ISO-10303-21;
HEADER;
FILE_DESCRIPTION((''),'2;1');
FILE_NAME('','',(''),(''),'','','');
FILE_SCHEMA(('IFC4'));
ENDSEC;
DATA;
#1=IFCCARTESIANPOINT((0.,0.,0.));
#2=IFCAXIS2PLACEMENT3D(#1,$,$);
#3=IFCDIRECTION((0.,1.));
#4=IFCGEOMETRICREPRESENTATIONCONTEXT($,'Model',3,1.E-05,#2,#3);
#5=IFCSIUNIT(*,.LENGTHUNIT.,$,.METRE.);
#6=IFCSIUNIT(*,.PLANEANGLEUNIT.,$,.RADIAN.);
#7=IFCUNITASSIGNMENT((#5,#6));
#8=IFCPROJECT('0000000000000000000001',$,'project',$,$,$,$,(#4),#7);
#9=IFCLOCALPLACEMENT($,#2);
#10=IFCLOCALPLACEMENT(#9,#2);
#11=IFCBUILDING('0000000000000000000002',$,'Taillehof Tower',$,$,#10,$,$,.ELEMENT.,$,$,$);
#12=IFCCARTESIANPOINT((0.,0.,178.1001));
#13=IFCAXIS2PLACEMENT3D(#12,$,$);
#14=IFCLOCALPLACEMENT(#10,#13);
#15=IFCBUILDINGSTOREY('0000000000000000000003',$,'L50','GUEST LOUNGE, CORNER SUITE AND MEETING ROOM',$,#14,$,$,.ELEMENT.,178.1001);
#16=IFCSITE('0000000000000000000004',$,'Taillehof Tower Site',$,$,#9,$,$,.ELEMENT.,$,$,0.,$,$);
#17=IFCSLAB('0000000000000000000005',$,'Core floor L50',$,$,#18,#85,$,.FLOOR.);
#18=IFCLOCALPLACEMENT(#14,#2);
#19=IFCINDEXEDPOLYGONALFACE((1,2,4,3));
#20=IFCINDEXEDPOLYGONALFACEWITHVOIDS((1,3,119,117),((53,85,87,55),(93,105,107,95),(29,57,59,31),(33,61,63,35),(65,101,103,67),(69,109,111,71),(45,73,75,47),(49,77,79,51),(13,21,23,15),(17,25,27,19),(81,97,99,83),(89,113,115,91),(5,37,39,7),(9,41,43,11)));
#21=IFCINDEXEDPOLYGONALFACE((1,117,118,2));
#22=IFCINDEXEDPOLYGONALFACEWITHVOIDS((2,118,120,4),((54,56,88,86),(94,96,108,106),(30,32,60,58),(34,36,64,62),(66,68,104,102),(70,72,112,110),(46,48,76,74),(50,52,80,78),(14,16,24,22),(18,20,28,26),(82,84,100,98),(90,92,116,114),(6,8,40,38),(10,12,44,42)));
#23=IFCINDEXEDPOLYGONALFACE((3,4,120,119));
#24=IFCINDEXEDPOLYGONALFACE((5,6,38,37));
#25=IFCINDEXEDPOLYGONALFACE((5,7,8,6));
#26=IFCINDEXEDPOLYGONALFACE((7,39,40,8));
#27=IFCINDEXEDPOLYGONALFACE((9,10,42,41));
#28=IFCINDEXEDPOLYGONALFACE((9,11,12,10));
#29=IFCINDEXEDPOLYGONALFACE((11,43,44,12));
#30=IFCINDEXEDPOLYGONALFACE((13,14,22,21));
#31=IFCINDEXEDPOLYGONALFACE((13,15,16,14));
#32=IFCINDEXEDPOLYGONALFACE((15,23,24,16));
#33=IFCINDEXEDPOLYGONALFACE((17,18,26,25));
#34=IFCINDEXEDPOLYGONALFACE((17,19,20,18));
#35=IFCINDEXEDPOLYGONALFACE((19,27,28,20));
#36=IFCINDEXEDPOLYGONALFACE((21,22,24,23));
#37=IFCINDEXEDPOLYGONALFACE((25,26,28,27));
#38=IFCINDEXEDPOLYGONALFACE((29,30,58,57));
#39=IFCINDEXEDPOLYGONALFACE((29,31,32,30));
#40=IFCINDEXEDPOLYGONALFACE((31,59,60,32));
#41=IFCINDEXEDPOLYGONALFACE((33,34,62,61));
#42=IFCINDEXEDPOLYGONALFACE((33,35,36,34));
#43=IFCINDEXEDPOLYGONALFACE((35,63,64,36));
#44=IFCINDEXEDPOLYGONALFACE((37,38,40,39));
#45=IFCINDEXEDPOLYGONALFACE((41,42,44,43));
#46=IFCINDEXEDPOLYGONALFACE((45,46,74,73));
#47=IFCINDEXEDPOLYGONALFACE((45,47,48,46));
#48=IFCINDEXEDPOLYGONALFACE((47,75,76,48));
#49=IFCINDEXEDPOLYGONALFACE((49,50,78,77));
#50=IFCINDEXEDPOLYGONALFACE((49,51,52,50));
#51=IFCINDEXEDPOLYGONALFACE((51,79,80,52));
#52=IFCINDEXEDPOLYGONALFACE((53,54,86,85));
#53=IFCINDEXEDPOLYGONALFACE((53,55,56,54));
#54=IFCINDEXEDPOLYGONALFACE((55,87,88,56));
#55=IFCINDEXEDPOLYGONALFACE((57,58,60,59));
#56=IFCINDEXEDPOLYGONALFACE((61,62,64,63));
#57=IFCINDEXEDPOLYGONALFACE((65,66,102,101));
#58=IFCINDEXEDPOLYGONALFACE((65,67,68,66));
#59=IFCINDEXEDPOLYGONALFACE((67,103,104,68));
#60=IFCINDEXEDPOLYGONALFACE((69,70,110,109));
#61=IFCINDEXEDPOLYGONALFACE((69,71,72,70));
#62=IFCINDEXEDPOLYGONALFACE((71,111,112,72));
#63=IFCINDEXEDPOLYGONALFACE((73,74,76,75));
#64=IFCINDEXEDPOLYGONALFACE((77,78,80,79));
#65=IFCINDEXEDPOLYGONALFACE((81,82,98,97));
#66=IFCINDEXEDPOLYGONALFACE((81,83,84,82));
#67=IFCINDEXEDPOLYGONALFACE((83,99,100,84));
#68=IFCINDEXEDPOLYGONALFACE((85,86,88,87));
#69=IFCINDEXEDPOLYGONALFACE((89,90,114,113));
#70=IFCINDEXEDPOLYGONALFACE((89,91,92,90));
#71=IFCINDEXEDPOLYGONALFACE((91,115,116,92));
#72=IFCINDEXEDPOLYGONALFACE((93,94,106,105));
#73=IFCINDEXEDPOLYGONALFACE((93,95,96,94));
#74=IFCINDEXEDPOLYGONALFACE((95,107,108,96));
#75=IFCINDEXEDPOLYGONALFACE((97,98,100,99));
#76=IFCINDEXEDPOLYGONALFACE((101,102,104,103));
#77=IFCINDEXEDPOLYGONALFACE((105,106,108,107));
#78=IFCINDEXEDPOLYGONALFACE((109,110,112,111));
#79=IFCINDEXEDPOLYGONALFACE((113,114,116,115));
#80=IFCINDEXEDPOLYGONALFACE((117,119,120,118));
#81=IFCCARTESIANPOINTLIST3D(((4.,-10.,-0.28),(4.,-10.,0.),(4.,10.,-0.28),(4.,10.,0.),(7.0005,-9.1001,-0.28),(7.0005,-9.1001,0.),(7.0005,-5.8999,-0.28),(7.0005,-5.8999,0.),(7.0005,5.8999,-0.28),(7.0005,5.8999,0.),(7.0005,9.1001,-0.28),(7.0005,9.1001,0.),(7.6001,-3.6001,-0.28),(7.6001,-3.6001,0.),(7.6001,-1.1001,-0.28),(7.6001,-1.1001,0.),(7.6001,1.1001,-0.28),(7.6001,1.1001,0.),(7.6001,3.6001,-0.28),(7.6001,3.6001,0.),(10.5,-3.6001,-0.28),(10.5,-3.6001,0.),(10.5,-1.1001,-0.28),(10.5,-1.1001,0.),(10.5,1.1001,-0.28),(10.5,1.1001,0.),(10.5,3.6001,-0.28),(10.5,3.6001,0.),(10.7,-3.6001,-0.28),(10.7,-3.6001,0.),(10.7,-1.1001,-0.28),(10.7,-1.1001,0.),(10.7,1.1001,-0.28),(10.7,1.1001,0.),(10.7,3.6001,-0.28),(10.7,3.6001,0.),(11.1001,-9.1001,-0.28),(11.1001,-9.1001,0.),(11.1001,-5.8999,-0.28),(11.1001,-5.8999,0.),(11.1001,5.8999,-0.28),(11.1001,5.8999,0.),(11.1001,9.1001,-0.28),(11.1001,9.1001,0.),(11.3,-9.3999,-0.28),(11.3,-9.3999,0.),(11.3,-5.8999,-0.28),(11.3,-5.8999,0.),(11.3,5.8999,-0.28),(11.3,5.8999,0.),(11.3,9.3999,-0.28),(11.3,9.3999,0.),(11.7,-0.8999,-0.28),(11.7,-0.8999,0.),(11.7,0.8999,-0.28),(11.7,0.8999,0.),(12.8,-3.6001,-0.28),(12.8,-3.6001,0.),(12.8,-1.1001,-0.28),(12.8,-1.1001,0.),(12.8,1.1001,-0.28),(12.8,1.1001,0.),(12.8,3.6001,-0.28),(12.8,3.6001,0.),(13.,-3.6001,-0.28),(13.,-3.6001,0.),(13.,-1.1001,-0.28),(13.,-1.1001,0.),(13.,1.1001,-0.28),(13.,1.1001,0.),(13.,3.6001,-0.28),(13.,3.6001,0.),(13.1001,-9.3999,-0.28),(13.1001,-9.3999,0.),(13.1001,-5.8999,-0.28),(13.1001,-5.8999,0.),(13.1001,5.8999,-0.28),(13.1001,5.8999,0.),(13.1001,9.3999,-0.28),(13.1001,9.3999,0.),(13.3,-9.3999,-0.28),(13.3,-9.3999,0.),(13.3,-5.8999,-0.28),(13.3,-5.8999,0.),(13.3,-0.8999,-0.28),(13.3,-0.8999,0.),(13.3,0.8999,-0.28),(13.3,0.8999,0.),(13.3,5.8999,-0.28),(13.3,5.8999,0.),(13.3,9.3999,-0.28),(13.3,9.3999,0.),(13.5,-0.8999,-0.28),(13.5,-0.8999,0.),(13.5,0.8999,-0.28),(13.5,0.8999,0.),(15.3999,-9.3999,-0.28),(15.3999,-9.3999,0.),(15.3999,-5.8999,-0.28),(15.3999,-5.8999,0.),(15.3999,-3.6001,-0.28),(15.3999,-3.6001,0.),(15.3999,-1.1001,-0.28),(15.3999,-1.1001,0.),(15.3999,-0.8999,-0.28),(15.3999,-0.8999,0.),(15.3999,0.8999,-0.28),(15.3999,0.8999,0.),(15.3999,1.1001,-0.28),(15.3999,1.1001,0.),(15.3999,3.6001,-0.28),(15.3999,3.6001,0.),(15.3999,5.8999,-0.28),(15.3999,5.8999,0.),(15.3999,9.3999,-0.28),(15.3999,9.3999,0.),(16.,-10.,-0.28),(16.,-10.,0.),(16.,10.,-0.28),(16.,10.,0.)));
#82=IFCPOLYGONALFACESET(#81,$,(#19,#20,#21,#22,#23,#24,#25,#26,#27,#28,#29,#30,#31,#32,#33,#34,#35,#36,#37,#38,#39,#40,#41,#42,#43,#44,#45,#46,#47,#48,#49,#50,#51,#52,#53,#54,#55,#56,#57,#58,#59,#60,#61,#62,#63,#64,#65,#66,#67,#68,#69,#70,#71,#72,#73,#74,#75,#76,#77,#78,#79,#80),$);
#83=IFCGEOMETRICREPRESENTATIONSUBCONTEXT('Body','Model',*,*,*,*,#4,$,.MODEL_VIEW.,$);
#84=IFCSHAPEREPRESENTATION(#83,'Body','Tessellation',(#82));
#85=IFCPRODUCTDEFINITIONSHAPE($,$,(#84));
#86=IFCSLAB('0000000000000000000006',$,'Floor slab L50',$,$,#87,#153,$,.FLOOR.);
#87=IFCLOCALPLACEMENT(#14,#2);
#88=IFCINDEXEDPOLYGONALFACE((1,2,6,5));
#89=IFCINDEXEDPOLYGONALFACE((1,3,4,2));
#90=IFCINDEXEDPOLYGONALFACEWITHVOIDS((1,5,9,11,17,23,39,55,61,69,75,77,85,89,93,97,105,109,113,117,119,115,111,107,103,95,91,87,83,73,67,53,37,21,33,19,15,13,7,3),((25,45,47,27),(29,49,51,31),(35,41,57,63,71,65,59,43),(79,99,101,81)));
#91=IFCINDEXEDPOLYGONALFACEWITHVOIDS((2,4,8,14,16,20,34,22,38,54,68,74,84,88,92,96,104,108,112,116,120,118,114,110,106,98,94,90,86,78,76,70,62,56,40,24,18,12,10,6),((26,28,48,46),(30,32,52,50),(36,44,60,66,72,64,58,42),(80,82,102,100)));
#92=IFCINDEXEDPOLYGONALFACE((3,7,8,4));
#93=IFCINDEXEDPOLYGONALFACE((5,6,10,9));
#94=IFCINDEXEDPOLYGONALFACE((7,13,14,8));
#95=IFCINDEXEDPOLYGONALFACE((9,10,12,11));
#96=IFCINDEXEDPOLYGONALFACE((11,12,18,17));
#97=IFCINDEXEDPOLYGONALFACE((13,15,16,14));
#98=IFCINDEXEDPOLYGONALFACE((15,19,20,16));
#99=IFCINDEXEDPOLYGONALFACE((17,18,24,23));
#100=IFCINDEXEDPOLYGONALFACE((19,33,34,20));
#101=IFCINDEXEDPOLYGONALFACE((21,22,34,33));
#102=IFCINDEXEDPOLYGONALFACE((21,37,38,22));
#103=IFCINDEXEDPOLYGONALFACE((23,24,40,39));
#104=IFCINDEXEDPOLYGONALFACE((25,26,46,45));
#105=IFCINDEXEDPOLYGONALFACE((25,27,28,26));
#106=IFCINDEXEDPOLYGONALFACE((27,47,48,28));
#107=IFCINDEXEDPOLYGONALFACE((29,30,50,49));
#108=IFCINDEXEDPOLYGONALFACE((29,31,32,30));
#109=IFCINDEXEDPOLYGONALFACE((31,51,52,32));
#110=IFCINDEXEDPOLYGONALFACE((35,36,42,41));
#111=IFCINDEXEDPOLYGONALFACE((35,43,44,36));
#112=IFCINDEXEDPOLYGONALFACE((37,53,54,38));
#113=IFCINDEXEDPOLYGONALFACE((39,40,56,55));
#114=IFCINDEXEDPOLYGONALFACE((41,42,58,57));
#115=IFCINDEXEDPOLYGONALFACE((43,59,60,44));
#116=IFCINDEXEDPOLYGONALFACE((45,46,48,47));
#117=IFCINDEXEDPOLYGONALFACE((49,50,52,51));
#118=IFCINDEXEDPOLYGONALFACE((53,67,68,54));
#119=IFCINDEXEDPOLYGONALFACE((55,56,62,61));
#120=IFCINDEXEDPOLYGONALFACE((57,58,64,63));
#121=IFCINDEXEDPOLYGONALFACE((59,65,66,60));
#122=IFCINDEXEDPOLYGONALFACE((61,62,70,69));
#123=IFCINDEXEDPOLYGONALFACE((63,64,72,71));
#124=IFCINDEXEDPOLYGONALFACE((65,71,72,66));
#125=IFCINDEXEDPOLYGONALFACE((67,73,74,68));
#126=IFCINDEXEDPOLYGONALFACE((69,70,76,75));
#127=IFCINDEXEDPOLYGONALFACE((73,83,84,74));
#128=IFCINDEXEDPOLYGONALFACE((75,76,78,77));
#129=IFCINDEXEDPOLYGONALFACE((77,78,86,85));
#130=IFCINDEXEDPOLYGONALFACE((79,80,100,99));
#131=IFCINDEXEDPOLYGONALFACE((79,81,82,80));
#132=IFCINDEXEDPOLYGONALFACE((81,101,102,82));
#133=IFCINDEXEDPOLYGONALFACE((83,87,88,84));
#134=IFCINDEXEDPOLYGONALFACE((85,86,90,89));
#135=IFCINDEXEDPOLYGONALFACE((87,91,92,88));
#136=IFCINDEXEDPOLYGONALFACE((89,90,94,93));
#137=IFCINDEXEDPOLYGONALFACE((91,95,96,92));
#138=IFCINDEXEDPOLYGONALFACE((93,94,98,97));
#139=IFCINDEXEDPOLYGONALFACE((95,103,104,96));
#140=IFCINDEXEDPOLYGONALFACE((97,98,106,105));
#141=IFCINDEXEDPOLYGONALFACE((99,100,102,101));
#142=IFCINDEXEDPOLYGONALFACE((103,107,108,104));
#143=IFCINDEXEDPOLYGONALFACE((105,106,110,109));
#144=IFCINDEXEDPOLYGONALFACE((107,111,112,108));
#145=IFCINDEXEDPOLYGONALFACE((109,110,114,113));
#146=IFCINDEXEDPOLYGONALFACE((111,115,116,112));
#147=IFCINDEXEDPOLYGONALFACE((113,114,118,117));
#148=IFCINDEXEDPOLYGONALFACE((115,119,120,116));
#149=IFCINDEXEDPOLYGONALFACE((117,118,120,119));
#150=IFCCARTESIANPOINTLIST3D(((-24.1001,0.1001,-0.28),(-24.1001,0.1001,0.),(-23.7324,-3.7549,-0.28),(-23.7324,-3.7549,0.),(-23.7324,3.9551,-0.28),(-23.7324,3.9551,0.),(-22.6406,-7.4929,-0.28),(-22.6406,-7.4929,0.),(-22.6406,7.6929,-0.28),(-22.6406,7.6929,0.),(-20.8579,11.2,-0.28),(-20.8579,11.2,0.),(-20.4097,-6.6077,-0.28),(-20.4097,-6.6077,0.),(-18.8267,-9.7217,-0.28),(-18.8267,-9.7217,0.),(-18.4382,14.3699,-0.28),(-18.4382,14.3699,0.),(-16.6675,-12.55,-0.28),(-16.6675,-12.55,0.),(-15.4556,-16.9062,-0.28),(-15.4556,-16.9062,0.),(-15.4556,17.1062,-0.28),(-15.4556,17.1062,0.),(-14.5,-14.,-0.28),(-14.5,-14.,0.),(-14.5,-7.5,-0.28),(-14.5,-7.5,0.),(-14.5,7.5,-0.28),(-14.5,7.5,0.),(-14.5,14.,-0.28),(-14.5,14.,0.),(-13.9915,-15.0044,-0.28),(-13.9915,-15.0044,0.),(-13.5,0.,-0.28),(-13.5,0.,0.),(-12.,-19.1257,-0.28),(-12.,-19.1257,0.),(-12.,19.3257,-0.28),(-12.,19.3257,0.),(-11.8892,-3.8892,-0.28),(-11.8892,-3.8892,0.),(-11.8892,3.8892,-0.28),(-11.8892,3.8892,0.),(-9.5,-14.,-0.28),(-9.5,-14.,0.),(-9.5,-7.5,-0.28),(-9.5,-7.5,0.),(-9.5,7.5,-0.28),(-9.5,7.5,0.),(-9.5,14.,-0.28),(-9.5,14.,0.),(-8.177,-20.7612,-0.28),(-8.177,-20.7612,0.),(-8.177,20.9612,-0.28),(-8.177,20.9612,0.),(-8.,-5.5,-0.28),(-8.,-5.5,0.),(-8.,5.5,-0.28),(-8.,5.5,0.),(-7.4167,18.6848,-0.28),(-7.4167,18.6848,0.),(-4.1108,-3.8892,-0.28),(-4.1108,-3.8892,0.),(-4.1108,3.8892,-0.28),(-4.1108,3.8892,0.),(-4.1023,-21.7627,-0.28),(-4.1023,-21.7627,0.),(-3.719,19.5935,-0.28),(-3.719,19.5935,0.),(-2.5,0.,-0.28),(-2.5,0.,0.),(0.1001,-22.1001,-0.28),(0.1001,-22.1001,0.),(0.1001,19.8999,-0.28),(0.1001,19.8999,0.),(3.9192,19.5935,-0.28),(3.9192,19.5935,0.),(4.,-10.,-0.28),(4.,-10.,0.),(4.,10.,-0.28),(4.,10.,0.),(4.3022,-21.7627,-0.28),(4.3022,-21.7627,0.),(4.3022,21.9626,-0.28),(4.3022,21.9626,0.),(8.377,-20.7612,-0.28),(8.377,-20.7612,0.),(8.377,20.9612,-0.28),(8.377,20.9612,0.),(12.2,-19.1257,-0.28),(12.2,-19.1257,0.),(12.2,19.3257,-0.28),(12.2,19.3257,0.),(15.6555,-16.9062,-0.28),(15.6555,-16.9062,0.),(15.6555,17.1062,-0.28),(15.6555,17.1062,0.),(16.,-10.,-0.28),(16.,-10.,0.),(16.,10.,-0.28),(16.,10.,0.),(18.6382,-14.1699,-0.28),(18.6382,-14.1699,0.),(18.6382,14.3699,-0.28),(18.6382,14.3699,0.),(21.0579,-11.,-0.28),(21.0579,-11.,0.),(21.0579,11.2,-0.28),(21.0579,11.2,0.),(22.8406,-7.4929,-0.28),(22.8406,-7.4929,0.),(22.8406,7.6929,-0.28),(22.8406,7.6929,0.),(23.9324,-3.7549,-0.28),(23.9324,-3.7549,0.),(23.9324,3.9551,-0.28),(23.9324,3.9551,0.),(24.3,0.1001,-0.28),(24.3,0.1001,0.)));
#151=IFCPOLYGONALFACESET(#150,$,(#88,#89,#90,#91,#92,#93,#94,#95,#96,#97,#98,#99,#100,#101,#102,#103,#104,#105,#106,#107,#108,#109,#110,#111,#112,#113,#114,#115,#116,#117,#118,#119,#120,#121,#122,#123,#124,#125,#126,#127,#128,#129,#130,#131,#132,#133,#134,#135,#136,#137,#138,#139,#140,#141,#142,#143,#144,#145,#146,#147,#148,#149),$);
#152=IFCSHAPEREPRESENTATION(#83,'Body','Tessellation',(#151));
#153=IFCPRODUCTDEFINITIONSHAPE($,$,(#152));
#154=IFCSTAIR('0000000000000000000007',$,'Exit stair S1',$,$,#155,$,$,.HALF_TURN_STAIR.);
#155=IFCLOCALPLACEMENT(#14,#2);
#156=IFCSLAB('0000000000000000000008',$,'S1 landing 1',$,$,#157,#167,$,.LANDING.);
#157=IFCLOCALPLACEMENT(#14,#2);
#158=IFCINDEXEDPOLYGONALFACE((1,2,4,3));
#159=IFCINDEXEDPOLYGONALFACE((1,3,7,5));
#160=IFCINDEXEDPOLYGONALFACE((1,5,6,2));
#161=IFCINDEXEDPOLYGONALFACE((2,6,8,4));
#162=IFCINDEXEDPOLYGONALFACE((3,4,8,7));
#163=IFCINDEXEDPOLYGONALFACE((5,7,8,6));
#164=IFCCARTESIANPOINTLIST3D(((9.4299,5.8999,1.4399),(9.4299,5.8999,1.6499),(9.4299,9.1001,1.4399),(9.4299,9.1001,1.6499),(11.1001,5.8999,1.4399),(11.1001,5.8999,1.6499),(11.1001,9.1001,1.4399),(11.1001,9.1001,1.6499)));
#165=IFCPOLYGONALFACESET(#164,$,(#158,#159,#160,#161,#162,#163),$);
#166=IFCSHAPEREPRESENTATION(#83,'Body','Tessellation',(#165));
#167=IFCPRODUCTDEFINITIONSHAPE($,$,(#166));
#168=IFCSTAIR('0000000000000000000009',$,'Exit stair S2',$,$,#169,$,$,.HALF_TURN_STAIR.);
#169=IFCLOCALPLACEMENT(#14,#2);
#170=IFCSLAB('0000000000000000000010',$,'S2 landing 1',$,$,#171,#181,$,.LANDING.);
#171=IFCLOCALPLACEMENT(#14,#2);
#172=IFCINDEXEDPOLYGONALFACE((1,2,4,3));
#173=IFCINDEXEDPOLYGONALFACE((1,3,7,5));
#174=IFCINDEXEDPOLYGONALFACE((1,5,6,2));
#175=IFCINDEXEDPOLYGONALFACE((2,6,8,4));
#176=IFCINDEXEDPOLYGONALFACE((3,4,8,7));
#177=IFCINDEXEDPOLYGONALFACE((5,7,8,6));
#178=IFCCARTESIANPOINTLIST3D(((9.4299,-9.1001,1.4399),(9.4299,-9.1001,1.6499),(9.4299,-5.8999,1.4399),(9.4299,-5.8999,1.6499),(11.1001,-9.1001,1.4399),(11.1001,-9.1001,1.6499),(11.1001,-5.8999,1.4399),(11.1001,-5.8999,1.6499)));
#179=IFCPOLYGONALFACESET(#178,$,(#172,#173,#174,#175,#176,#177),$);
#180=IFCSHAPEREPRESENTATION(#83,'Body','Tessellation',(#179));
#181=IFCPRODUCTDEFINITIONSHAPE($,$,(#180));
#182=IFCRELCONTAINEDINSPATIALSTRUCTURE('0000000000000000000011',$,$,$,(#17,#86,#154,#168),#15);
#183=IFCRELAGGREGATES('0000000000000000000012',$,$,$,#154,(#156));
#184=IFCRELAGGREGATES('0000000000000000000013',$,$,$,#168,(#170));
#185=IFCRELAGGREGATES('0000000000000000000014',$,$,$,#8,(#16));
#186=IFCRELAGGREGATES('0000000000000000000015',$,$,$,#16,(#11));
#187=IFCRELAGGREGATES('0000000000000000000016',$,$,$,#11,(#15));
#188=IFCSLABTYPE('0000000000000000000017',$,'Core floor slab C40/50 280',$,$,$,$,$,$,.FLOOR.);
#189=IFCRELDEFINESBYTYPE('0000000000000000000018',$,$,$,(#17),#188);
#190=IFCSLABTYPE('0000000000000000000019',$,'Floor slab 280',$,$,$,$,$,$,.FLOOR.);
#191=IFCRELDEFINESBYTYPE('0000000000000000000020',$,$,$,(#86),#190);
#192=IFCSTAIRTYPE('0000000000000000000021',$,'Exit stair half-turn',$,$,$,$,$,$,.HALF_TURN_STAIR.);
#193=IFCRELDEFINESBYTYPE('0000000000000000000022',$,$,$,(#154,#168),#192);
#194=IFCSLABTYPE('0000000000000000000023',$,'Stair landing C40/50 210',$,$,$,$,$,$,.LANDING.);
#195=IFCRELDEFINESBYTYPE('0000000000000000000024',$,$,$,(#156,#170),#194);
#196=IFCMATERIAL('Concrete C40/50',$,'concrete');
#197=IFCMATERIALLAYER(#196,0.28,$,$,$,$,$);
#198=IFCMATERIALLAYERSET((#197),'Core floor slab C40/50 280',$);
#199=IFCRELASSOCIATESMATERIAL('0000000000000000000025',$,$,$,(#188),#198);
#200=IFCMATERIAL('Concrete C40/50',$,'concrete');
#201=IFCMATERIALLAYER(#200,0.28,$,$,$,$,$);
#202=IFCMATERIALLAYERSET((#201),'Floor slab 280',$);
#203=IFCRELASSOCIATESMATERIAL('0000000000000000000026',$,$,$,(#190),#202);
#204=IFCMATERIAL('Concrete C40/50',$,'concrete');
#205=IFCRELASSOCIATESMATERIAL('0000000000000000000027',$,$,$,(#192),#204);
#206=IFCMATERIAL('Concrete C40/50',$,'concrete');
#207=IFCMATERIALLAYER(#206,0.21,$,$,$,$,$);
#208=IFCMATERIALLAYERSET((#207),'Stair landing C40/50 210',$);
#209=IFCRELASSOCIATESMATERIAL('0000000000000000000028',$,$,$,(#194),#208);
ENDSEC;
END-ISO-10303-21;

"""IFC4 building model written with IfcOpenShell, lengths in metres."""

from ifc_helpers import new_model, si_unit, direction, frame, origin, place, context, subcontext, project, spatial, polyline, outline, extrude, material, layer, layer_set, type_object, element, aggregate, save


model = new_model("IFC4")

# Units and contexts
model_context = context("Model", 3, precision=1e-05, world=origin(), true_north=direction((0.0, 1.0)))
body_context = subcontext(model_context, "Body", "Model", "MODEL_VIEW")
ifc_project = project(units=[si_unit("LENGTHUNIT", "METRE"), si_unit("PLANEANGLEUNIT", "RADIAN")], contexts=[model_context])

# Site, building, storey
site_placement = place(None, origin())
site = spatial("IfcSite", under=ifc_project, at=site_placement, Name="Taillehof Tower Site", CompositionType="ELEMENT", RefElevation=0.0)
building_placement = place(site_placement, origin())
building = spatial("IfcBuilding", under=site, at=building_placement, Name="Taillehof Tower", CompositionType="ELEMENT")
storey_placement = place(building_placement, frame((0.0, 0.0, 178.1001)))
storey = spatial("IfcBuildingStorey", under=building, at=storey_placement, Name="L50", Description="GUEST LOUNGE, CORNER SUITE AND MEETING ROOM", CompositionType="ELEMENT", Elevation=178.1001)

# Slabs
ifc_material_1 = material(Name="Concrete C40/50", Category="concrete")
ifc_layer_1 = layer(ifc_material_1, 0.28)
ifc_layer_set_1 = layer_set([ifc_layer_1], Name="Core floor slab C40/50 280")
slab_type_1 = type_object("IfcSlabType", Name="Core floor slab C40/50 280", PredefinedType="FLOOR", material=ifc_layer_set_1)
slab_1_placement = place(storey_placement, frame((0.0, 0.0, -0.28)))
element("IfcSlab", 1, at=slab_1_placement, inside=storey, type_object=slab_type_1, Name="Core floor L50", PredefinedType="FLOOR", context=body_context, shape_type="SweptSolid", body=[
    extrude(outline(polyline([(4.0, -10.0), (4.0, 10.0), (16.0, 10.0), (16.0, -10.0), (4.0, -10.0)]), holes=[polyline([(11.1001, -9.1001), (11.1001, -5.8999), (7.0005, -5.8999), (7.0005, -9.1001), (11.1001, -9.1001)]), polyline([(10.5, -3.6001), (10.5, -1.1001), (7.6001, -1.1001), (7.6001, -3.6001), (10.5, -3.6001)]), polyline([(12.8, -3.6001), (12.8, -1.1001), (10.7, -1.1001), (10.7, -3.6001), (12.8, -3.6001)]), polyline([(10.5, 1.1001), (10.5, 3.6001), (7.6001, 3.6001), (7.6001, 1.1001), (10.5, 1.1001)]), polyline([(12.8, 1.1001), (12.8, 3.6001), (10.7, 3.6001), (10.7, 1.1001), (12.8, 1.1001)]), polyline([(11.1001, 5.8999), (11.1001, 9.1001), (7.0005, 9.1001), (7.0005, 5.8999), (11.1001, 5.8999)]), polyline([(13.1001, 5.8999), (13.1001, 9.3999), (11.3, 9.3999), (11.3, 5.8999), (13.1001, 5.8999)]), polyline([(13.1001, -5.8999), (11.3, -5.8999), (11.3, -9.3999), (13.1001, -9.3999), (13.1001, -5.8999)]), polyline([(15.3999, -9.3999), (15.3999, -5.8999), (13.3, -5.8999), (13.3, -9.3999), (15.3999, -9.3999)]), polyline([(15.3999, -3.6001), (15.3999, -1.1001), (13.0, -1.1001), (13.0, -3.6001), (15.3999, -3.6001)]), polyline([(13.3, -0.8999), (13.3, 0.8999), (11.7, 0.8999), (11.7, -0.8999), (13.3, -0.8999)]), polyline([(15.3999, -0.8999), (15.3999, 0.8999), (13.5, 0.8999), (13.5, -0.8999), (15.3999, -0.8999)]), polyline([(15.3999, 1.1001), (15.3999, 3.6001), (13.0, 3.6001), (13.0, 1.1001), (15.3999, 1.1001)]), polyline([(15.3999, 5.8999), (15.3999, 9.3999), (13.3, 9.3999), (13.3, 5.8999), (15.3999, 5.8999)])]), origin(), (0.0, 0.0, 1.0), 0.28),
])
ifc_material_2 = material(Name="Concrete C40/50", Category="concrete")
ifc_layer_2 = layer(ifc_material_2, 0.28)
ifc_layer_set_2 = layer_set([ifc_layer_2], Name="Floor slab 280")
slab_type_2 = type_object("IfcSlabType", Name="Floor slab 280", PredefinedType="FLOOR", material=ifc_layer_set_2)
slab_2_placement = place(storey_placement, frame((0.0, 0.0, -0.28)))
element("IfcSlab", 2, at=slab_2_placement, inside=storey, type_object=slab_type_2, Name="Floor slab L50", PredefinedType="FLOOR", context=body_context, shape_type="SweptSolid", body=[
    extrude(outline(polyline([(24.3, 0.1001), (23.9324, 3.9551), (22.8406, 7.6929), (21.0579, 11.2), (18.6382, 14.3699), (15.6555, 17.1062), (12.2, 19.3257), (8.377, 20.9612), (4.3022, 21.9626), (3.9192, 19.5935), (0.1001, 19.8999), (-3.719, 19.5935), (-7.4167, 18.6848), (-8.177, 20.9612), (-12.0, 19.3257), (-15.4556, 17.1062), (-18.4382, 14.3699), (-20.8579, 11.2), (-22.6406, 7.6929), (-23.7324, 3.9551), (-24.1001, 0.1001), (-23.7324, -3.7549), (-22.6406, -7.4929), (-20.4097, -6.6077), (-18.8267, -9.7217), (-16.6675, -12.55), (-13.9915, -15.0044), (-15.4556, -16.9062), (-12.0, -19.1257), (-8.177, -20.7612), (-4.1023, -21.7627), (0.1001, -22.1001), (4.3022, -21.7627), (8.377, -20.7612), (12.2, -19.1257), (15.6555, -16.9062), (18.6382, -14.1699), (21.0579, -11.0), (22.8406, -7.4929), (23.9324, -3.7549), (24.3, 0.1001)]), holes=[polyline([(-14.5, -7.5), (-9.5, -7.5), (-9.5, -14.0), (-14.5, -14.0), (-14.5, -7.5)]), polyline([(-8.0, -5.5), (-11.8892, -3.8892), (-13.5, 0.0), (-11.8892, 3.8892), (-8.0, 5.5), (-4.1108, 3.8892), (-2.5, 0.0), (-4.1108, -3.8892), (-8.0, -5.5)]), polyline([(16.0, 10.0), (16.0, -10.0), (4.0, -10.0), (4.0, 10.0), (16.0, 10.0)]), polyline([(-14.5, 14.0), (-9.5, 14.0), (-9.5, 7.5), (-14.5, 7.5), (-14.5, 14.0)])]), origin(), (0.0, 0.0, 1.0), 0.28),
])

# Stairs, slabs
ifc_material_3 = material(Name="Concrete C40/50", Category="concrete")
stair_type = type_object("IfcStairType", Name="Exit stair half-turn", PredefinedType="HALF_TURN_STAIR", material=ifc_material_3)
stair_1_placement = place(storey_placement, origin())
stair_1 = element("IfcStair", 3, at=stair_1_placement, inside=storey, type_object=stair_type, Name="Exit stair S1", PredefinedType="HALF_TURN_STAIR")
ifc_material_4 = material(Name="Concrete C40/50", Category="concrete")
ifc_layer_3 = layer(ifc_material_4, 0.21)
ifc_layer_set_3 = layer_set([ifc_layer_3], Name="Stair landing C40/50 210")
slab_type_3 = type_object("IfcSlabType", Name="Stair landing C40/50 210", PredefinedType="LANDING", material=ifc_layer_set_3)
slab_3_placement = place(storey_placement, frame((0.0, 0.0, 1.4399)))
slab_3 = element("IfcSlab", 4, at=slab_3_placement, type_object=slab_type_3, Name="S1 landing 1", PredefinedType="LANDING", context=body_context, shape_type="SweptSolid", body=[
    extrude(outline(polyline([(9.4299, 5.8999), (11.1001, 5.8999), (11.1001, 9.1001), (9.4299, 9.1001), (9.4299, 5.8999)])), origin(), (0.0, 0.0, 1.0), 0.21),
])
aggregate(stair_1, [slab_3])
stair_2_placement = place(storey_placement, origin())
stair_2 = element("IfcStair", 5, at=stair_2_placement, inside=storey, type_object=stair_type, Name="Exit stair S2", PredefinedType="HALF_TURN_STAIR")
slab_4_placement = place(storey_placement, frame((0.0, 0.0, 1.4399)))
slab_4 = element("IfcSlab", 6, at=slab_4_placement, type_object=slab_type_3, Name="S2 landing 1", PredefinedType="LANDING", context=body_context, shape_type="SweptSolid", body=[
    extrude(outline(polyline([(9.4299, -5.8999), (11.1001, -5.8999), (11.1001, -9.1001), (9.4299, -9.1001), (9.4299, -5.8999)])), origin(), (0.0, 0.0, 1.0), 0.21),
])

aggregate(stair_2, [slab_4])

save(model, "model.ifc")
